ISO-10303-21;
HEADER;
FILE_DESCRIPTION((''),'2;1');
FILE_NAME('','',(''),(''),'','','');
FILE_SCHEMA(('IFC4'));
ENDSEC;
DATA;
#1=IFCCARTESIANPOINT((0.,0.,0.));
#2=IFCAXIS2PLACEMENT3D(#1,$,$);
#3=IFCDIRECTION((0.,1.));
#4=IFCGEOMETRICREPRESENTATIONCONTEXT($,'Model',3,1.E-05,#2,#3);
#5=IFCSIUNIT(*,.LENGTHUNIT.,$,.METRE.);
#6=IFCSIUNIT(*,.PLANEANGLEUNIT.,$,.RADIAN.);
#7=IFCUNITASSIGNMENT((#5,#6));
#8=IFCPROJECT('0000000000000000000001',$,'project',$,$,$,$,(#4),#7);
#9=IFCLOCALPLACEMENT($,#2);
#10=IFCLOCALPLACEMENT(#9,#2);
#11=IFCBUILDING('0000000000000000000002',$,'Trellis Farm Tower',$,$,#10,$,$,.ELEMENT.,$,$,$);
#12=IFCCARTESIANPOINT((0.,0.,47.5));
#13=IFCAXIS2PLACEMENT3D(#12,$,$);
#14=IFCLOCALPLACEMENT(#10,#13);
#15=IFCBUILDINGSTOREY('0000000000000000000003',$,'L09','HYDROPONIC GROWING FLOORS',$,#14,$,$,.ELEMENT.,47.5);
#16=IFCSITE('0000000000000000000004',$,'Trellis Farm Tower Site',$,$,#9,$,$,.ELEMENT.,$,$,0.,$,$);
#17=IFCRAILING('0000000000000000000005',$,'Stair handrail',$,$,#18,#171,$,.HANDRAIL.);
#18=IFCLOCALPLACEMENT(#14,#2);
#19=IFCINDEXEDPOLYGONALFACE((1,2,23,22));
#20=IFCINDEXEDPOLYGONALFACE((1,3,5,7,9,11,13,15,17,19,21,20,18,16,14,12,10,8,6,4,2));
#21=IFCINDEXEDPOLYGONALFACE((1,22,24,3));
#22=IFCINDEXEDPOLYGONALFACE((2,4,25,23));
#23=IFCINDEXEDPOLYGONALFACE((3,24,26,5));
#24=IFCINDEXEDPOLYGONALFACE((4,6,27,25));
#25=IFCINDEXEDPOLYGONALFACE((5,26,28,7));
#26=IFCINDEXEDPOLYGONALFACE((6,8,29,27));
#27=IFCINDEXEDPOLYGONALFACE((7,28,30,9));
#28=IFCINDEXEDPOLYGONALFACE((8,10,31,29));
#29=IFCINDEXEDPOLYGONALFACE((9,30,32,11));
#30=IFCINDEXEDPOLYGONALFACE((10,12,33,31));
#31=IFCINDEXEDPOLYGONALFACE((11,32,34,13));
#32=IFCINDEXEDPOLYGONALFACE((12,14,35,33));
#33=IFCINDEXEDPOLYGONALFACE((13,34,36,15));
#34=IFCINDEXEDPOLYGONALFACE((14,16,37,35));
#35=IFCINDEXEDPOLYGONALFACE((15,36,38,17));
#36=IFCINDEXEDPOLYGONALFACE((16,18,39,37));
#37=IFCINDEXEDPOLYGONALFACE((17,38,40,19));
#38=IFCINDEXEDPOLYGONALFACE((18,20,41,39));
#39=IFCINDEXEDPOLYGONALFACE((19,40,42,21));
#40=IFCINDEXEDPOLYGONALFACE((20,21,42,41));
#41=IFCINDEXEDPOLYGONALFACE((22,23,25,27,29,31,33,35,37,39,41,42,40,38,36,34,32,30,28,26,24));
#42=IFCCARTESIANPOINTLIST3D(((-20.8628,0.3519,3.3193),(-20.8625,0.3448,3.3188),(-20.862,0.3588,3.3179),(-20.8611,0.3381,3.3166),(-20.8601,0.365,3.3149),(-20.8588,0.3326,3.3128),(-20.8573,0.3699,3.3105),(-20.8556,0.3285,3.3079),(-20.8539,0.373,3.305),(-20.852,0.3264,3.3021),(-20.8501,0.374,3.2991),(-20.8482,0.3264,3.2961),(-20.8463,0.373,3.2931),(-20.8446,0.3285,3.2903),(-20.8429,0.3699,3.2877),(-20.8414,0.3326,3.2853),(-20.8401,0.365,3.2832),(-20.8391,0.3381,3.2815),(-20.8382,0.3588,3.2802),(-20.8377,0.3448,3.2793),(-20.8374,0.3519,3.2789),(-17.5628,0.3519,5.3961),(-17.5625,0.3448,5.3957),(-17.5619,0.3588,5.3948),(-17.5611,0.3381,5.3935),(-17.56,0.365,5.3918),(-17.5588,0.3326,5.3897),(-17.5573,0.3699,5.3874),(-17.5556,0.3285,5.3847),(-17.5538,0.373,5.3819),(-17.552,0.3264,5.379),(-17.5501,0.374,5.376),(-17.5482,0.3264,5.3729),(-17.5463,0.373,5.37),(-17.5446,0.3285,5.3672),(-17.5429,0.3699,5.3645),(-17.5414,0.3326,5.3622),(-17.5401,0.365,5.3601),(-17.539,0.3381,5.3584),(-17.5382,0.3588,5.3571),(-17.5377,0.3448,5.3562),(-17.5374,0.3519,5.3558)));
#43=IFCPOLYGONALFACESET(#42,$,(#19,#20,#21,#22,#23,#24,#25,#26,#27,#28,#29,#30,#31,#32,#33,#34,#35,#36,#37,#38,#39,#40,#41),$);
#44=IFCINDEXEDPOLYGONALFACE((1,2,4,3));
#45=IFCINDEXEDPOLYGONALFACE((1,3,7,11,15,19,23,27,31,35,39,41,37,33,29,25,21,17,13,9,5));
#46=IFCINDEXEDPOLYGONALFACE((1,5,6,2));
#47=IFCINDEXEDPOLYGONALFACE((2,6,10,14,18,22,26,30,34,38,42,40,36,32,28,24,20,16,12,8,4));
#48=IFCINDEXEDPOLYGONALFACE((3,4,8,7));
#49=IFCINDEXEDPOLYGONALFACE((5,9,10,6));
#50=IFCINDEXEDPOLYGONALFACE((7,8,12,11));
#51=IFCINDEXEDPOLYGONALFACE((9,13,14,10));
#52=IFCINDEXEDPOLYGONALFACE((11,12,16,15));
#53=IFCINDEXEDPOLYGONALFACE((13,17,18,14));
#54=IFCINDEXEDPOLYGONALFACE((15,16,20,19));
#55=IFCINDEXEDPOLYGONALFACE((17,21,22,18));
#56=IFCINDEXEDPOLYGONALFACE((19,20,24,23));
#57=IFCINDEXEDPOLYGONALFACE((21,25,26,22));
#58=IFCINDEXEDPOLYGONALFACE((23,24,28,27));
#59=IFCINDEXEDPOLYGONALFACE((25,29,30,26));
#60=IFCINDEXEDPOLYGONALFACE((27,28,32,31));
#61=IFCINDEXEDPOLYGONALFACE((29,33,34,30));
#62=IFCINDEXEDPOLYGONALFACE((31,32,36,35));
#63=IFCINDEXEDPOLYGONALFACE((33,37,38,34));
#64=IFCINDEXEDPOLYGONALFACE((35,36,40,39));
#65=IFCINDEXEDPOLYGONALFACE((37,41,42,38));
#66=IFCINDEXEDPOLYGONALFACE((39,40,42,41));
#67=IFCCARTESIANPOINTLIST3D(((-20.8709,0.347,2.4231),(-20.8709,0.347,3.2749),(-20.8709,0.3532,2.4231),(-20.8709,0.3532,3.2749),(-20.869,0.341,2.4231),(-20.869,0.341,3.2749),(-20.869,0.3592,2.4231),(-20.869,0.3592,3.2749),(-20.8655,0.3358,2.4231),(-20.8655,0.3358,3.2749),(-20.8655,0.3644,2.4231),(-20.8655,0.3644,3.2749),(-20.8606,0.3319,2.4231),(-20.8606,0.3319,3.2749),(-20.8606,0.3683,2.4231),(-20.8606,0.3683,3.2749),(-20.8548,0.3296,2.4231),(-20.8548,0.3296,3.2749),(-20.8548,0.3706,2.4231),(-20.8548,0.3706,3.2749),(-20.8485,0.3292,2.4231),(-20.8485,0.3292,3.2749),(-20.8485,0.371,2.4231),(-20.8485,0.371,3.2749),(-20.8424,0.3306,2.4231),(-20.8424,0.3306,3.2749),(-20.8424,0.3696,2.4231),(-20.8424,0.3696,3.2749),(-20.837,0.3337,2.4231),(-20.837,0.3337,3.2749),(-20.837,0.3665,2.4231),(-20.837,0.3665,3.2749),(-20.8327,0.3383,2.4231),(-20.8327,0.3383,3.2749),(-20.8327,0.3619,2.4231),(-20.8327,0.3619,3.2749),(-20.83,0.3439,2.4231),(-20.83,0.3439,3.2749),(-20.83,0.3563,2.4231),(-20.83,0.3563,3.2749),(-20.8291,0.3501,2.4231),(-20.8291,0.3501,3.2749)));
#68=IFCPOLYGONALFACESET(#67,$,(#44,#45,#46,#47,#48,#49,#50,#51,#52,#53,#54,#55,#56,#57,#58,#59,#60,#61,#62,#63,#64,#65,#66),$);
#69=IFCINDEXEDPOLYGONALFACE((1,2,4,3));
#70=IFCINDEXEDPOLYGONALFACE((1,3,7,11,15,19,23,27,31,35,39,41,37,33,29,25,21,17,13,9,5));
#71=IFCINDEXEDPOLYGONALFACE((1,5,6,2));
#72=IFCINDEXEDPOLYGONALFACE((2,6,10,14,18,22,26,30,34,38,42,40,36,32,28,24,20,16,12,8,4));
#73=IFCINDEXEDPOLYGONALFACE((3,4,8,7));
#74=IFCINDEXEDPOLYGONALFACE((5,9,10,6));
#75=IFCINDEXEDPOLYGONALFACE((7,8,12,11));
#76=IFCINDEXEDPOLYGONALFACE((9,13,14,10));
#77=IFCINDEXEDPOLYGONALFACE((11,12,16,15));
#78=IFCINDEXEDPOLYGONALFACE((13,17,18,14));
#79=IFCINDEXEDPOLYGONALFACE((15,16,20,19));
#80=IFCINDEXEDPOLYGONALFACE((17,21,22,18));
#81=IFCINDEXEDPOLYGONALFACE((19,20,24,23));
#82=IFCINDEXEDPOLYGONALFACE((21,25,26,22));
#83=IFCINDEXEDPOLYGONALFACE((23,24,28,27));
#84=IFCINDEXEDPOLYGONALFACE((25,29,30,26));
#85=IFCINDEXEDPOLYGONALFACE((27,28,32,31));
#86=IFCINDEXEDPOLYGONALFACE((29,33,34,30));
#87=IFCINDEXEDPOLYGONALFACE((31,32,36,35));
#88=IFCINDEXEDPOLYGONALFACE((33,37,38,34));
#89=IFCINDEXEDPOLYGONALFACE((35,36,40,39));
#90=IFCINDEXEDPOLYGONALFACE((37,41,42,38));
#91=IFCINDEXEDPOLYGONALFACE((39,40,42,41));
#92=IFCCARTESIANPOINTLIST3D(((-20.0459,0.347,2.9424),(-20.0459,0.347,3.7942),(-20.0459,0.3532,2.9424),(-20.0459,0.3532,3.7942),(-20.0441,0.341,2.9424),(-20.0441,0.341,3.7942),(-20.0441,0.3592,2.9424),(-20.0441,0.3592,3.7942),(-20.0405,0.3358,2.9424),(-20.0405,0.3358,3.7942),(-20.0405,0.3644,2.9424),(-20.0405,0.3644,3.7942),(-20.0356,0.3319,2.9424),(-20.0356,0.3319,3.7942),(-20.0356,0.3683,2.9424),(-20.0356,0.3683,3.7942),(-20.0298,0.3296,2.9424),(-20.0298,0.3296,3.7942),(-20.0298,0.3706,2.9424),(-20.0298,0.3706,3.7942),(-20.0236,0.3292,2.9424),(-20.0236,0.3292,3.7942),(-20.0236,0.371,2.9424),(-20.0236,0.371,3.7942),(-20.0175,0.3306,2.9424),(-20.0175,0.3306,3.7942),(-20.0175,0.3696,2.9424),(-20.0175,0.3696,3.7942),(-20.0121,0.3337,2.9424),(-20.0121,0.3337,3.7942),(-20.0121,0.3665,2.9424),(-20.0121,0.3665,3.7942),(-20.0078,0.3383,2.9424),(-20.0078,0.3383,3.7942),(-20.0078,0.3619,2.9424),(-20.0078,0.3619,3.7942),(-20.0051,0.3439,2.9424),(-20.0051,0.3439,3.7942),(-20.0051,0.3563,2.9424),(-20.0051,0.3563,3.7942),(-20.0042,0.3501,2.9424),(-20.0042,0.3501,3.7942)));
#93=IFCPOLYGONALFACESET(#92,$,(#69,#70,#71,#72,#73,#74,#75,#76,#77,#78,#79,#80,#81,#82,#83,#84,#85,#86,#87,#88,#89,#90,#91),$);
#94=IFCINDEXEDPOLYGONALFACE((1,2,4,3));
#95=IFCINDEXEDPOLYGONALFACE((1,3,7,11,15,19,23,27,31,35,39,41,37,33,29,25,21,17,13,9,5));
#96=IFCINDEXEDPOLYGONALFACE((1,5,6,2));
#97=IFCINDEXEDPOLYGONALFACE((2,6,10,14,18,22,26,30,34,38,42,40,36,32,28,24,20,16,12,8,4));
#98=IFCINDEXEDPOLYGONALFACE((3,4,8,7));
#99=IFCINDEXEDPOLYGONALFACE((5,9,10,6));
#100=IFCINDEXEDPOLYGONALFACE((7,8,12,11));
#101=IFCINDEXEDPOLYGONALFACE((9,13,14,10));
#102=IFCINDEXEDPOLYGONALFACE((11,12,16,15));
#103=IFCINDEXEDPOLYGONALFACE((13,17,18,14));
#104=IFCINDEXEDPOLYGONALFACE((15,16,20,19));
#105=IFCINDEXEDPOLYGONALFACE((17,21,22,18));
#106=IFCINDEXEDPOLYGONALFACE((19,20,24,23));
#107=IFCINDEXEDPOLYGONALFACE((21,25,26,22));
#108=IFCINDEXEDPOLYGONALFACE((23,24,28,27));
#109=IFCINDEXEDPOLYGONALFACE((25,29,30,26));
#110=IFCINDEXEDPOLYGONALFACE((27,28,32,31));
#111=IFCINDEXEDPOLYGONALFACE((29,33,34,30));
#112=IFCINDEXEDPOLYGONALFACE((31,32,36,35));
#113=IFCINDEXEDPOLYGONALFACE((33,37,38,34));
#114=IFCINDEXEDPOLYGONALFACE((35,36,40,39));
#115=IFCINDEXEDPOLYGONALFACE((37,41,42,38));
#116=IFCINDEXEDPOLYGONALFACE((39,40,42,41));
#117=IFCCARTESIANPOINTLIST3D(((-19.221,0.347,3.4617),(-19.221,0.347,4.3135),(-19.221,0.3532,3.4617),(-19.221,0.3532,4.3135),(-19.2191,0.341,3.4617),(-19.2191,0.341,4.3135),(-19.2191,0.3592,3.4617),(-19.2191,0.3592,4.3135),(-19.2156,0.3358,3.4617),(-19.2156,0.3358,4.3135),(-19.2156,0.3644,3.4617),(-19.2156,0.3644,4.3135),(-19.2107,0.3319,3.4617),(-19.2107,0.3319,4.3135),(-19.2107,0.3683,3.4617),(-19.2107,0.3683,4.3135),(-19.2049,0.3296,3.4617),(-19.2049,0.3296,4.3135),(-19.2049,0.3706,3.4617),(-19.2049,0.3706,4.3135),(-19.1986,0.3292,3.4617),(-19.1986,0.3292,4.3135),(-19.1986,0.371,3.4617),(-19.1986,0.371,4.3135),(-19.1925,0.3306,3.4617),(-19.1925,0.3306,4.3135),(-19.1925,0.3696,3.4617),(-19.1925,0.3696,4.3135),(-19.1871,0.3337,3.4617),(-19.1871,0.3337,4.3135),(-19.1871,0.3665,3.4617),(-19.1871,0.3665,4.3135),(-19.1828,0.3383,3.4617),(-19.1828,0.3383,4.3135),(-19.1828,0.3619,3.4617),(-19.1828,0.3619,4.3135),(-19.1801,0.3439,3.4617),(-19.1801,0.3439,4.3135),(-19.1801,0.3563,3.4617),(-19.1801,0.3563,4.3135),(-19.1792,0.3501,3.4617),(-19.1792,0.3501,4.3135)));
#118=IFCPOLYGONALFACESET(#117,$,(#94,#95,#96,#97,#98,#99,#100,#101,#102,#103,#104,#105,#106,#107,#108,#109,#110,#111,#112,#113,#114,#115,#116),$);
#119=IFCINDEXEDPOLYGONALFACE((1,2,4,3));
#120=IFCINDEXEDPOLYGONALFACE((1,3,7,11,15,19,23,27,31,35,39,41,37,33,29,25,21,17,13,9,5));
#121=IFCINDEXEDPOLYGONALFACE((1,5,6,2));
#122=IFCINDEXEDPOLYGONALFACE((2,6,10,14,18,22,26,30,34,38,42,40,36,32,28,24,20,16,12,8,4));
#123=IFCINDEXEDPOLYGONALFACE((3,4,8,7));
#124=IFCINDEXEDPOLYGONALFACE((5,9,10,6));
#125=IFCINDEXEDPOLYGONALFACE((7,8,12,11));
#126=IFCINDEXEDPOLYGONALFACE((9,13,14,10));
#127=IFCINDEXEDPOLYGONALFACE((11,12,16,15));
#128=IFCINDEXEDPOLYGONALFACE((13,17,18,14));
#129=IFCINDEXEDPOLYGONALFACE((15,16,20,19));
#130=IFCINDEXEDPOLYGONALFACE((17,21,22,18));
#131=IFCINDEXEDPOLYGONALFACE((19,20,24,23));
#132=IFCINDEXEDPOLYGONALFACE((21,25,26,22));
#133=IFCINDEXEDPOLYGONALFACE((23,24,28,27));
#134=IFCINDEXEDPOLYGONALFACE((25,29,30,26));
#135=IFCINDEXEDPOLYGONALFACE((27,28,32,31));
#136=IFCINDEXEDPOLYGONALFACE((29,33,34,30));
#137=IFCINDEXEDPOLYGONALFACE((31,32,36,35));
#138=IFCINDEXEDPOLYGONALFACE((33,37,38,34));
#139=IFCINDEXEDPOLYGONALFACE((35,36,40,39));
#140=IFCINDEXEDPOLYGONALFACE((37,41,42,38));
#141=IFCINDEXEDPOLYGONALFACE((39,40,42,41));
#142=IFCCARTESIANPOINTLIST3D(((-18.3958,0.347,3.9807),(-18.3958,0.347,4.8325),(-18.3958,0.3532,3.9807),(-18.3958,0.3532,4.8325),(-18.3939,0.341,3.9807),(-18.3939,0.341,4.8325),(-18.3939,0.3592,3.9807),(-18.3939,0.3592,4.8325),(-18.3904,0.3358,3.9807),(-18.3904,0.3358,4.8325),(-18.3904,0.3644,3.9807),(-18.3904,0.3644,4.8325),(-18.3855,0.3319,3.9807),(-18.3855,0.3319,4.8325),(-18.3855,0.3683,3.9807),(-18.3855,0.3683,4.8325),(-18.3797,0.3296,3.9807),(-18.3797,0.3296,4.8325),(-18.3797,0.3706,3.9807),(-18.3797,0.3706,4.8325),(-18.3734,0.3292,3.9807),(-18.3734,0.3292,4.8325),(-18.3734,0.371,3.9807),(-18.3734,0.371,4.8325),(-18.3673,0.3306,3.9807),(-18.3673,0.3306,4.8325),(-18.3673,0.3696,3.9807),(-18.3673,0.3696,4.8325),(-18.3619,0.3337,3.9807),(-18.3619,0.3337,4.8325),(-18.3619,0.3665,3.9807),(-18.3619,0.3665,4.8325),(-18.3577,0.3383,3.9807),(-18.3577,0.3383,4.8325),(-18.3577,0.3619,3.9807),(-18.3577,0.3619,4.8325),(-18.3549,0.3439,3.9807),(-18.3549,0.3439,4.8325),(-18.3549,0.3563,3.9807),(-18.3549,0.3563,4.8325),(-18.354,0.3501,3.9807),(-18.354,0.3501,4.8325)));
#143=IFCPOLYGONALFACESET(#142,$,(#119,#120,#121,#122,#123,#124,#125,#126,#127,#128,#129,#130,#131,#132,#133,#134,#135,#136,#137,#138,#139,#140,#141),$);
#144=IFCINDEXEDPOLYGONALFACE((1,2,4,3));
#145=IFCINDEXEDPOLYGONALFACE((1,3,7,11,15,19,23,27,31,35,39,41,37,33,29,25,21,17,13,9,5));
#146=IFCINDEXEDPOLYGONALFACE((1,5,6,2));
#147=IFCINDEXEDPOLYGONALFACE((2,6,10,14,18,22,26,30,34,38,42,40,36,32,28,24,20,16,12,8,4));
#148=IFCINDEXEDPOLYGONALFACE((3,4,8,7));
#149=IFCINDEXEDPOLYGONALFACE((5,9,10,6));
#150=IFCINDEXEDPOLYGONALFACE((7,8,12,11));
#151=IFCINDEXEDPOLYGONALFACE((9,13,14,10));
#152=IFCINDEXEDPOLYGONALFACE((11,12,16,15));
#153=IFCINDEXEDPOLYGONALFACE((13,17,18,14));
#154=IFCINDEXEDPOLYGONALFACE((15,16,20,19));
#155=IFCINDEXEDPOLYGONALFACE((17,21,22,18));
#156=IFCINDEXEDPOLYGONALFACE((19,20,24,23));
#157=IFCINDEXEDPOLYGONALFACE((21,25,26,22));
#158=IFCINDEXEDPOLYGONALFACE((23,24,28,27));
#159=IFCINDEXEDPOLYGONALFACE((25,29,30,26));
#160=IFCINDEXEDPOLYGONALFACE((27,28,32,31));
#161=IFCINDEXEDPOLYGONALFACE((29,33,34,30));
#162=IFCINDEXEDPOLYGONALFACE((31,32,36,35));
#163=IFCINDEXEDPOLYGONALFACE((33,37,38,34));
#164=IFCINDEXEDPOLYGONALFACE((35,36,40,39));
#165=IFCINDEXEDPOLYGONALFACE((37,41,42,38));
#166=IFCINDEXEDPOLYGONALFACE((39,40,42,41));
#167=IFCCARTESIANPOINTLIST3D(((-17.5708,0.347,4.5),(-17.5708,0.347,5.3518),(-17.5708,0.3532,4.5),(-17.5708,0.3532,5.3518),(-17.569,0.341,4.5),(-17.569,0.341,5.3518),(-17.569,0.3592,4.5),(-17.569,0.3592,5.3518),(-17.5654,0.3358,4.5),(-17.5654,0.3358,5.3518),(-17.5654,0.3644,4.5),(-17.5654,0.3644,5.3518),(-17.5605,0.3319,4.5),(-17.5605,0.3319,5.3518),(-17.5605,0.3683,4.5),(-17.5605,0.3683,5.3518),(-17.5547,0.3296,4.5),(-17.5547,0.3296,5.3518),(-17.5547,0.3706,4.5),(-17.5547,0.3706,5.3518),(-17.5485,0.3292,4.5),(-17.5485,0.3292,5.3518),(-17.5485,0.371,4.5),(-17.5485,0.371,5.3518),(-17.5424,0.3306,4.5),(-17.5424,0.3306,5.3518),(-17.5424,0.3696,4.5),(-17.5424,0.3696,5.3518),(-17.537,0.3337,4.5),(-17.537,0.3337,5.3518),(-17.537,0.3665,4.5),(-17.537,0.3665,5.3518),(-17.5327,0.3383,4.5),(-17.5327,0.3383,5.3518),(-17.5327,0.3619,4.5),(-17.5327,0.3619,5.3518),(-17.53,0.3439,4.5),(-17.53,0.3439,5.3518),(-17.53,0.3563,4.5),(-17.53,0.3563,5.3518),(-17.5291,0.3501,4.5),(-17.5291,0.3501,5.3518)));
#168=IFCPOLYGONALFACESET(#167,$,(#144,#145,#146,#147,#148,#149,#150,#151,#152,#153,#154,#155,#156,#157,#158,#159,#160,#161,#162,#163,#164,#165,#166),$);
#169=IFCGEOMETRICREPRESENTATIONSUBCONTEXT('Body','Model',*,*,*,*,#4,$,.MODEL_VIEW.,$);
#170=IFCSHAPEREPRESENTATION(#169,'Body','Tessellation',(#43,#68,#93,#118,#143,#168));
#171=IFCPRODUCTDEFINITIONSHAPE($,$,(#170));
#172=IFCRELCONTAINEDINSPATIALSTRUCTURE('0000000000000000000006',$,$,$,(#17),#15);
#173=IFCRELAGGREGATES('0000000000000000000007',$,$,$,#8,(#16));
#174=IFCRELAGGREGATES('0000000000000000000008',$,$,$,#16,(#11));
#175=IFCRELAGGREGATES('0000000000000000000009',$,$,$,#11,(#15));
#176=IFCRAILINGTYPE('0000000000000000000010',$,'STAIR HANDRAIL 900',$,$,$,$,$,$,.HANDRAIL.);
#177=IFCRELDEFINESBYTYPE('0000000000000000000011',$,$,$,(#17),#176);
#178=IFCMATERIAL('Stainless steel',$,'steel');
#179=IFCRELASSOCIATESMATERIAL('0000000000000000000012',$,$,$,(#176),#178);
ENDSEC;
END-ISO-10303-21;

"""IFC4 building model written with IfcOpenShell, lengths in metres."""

from ifc_helpers import new_model, si_unit, direction, frame, origin, origin_2d, place, context, subcontext, project, spatial, circle, extrude, source, transform, mapped, material, type_object, element, save


model = new_model("IFC4")

# Units and contexts
model_context = context("Model", 3, precision=1e-05, world=origin(), true_north=direction((0.0, 1.0)))
body_context = subcontext(model_context, "Body", "Model", "MODEL_VIEW")
ifc_project = project(units=[si_unit("LENGTHUNIT", "METRE"), si_unit("PLANEANGLEUNIT", "RADIAN")], contexts=[model_context])

# Site, building, storey
site_placement = place(None, origin())
site = spatial("IfcSite", under=ifc_project, at=site_placement, Name="Trellis Farm Tower Site", CompositionType="ELEMENT", RefElevation=0.0)
building_placement = place(site_placement, origin())
building = spatial("IfcBuilding", under=site, at=building_placement, Name="Trellis Farm Tower", CompositionType="ELEMENT")
storey_placement = place(building_placement, frame((0.0, 0.0, 47.5)))
storey = spatial("IfcBuildingStorey", under=building, at=storey_placement, Name="L09", Description="HYDROPONIC GROWING FLOORS", CompositionType="ELEMENT", Elevation=47.5)

# Shared definitions
ifc_material_1 = material(Name="Stainless steel", Category="steel")

# Railing
railing_type = type_object("IfcRailingType", Name="STAIR HANDRAIL 900", PredefinedType="HANDRAIL", material=ifc_material_1)
shared_shape_1 = source(origin(), body_context, "Body", "SweptSolid", [
    extrude(circle(Radius=0.0239, at=origin_2d()), frame((0.0, 0.0, 0.876), z_axis=(0.846337, 0.0, 0.532647), x_axis=(0.0, 1.0, 0.0)), (0.0, 0.0, 1.0), 3.8992),
    extrude(circle(Radius=0.021, at=origin_2d()), origin(), (0.0, 0.0, 1.0), 0.8518),
    extrude(circle(Radius=0.021, at=origin_2d()), frame((0.825, 0.0, 0.5193)), (0.0, 0.0, 1.0), 0.8518),
    extrude(circle(Radius=0.021, at=origin_2d()), frame((1.6499, 0.0, 1.0386)), (0.0, 0.0, 1.0), 0.8518),
    extrude(circle(Radius=0.021, at=origin_2d()), frame((2.4751, 0.0, 1.5576)), (0.0, 0.0, 1.0), 0.8518),
    extrude(circle(Radius=0.021, at=origin_2d()), frame((3.3, 0.0, 2.0769)), (0.0, 0.0, 1.0), 0.8518),
])
for number, where, name in (
    (1, (-20.8501, 0.3501, 2.4231), "Stair handrail"),
):
    element("IfcRailing", number, at=place(storey_placement, frame(where)), inside=storey, type_object=railing_type, Name=name, PredefinedType="HANDRAIL", context=body_context, shape_type="MappedRepresentation", body=[
        mapped(shared_shape_1, transform((0.0, 0.0, 0.0))),
    ])

save(model, "model.ifc")
